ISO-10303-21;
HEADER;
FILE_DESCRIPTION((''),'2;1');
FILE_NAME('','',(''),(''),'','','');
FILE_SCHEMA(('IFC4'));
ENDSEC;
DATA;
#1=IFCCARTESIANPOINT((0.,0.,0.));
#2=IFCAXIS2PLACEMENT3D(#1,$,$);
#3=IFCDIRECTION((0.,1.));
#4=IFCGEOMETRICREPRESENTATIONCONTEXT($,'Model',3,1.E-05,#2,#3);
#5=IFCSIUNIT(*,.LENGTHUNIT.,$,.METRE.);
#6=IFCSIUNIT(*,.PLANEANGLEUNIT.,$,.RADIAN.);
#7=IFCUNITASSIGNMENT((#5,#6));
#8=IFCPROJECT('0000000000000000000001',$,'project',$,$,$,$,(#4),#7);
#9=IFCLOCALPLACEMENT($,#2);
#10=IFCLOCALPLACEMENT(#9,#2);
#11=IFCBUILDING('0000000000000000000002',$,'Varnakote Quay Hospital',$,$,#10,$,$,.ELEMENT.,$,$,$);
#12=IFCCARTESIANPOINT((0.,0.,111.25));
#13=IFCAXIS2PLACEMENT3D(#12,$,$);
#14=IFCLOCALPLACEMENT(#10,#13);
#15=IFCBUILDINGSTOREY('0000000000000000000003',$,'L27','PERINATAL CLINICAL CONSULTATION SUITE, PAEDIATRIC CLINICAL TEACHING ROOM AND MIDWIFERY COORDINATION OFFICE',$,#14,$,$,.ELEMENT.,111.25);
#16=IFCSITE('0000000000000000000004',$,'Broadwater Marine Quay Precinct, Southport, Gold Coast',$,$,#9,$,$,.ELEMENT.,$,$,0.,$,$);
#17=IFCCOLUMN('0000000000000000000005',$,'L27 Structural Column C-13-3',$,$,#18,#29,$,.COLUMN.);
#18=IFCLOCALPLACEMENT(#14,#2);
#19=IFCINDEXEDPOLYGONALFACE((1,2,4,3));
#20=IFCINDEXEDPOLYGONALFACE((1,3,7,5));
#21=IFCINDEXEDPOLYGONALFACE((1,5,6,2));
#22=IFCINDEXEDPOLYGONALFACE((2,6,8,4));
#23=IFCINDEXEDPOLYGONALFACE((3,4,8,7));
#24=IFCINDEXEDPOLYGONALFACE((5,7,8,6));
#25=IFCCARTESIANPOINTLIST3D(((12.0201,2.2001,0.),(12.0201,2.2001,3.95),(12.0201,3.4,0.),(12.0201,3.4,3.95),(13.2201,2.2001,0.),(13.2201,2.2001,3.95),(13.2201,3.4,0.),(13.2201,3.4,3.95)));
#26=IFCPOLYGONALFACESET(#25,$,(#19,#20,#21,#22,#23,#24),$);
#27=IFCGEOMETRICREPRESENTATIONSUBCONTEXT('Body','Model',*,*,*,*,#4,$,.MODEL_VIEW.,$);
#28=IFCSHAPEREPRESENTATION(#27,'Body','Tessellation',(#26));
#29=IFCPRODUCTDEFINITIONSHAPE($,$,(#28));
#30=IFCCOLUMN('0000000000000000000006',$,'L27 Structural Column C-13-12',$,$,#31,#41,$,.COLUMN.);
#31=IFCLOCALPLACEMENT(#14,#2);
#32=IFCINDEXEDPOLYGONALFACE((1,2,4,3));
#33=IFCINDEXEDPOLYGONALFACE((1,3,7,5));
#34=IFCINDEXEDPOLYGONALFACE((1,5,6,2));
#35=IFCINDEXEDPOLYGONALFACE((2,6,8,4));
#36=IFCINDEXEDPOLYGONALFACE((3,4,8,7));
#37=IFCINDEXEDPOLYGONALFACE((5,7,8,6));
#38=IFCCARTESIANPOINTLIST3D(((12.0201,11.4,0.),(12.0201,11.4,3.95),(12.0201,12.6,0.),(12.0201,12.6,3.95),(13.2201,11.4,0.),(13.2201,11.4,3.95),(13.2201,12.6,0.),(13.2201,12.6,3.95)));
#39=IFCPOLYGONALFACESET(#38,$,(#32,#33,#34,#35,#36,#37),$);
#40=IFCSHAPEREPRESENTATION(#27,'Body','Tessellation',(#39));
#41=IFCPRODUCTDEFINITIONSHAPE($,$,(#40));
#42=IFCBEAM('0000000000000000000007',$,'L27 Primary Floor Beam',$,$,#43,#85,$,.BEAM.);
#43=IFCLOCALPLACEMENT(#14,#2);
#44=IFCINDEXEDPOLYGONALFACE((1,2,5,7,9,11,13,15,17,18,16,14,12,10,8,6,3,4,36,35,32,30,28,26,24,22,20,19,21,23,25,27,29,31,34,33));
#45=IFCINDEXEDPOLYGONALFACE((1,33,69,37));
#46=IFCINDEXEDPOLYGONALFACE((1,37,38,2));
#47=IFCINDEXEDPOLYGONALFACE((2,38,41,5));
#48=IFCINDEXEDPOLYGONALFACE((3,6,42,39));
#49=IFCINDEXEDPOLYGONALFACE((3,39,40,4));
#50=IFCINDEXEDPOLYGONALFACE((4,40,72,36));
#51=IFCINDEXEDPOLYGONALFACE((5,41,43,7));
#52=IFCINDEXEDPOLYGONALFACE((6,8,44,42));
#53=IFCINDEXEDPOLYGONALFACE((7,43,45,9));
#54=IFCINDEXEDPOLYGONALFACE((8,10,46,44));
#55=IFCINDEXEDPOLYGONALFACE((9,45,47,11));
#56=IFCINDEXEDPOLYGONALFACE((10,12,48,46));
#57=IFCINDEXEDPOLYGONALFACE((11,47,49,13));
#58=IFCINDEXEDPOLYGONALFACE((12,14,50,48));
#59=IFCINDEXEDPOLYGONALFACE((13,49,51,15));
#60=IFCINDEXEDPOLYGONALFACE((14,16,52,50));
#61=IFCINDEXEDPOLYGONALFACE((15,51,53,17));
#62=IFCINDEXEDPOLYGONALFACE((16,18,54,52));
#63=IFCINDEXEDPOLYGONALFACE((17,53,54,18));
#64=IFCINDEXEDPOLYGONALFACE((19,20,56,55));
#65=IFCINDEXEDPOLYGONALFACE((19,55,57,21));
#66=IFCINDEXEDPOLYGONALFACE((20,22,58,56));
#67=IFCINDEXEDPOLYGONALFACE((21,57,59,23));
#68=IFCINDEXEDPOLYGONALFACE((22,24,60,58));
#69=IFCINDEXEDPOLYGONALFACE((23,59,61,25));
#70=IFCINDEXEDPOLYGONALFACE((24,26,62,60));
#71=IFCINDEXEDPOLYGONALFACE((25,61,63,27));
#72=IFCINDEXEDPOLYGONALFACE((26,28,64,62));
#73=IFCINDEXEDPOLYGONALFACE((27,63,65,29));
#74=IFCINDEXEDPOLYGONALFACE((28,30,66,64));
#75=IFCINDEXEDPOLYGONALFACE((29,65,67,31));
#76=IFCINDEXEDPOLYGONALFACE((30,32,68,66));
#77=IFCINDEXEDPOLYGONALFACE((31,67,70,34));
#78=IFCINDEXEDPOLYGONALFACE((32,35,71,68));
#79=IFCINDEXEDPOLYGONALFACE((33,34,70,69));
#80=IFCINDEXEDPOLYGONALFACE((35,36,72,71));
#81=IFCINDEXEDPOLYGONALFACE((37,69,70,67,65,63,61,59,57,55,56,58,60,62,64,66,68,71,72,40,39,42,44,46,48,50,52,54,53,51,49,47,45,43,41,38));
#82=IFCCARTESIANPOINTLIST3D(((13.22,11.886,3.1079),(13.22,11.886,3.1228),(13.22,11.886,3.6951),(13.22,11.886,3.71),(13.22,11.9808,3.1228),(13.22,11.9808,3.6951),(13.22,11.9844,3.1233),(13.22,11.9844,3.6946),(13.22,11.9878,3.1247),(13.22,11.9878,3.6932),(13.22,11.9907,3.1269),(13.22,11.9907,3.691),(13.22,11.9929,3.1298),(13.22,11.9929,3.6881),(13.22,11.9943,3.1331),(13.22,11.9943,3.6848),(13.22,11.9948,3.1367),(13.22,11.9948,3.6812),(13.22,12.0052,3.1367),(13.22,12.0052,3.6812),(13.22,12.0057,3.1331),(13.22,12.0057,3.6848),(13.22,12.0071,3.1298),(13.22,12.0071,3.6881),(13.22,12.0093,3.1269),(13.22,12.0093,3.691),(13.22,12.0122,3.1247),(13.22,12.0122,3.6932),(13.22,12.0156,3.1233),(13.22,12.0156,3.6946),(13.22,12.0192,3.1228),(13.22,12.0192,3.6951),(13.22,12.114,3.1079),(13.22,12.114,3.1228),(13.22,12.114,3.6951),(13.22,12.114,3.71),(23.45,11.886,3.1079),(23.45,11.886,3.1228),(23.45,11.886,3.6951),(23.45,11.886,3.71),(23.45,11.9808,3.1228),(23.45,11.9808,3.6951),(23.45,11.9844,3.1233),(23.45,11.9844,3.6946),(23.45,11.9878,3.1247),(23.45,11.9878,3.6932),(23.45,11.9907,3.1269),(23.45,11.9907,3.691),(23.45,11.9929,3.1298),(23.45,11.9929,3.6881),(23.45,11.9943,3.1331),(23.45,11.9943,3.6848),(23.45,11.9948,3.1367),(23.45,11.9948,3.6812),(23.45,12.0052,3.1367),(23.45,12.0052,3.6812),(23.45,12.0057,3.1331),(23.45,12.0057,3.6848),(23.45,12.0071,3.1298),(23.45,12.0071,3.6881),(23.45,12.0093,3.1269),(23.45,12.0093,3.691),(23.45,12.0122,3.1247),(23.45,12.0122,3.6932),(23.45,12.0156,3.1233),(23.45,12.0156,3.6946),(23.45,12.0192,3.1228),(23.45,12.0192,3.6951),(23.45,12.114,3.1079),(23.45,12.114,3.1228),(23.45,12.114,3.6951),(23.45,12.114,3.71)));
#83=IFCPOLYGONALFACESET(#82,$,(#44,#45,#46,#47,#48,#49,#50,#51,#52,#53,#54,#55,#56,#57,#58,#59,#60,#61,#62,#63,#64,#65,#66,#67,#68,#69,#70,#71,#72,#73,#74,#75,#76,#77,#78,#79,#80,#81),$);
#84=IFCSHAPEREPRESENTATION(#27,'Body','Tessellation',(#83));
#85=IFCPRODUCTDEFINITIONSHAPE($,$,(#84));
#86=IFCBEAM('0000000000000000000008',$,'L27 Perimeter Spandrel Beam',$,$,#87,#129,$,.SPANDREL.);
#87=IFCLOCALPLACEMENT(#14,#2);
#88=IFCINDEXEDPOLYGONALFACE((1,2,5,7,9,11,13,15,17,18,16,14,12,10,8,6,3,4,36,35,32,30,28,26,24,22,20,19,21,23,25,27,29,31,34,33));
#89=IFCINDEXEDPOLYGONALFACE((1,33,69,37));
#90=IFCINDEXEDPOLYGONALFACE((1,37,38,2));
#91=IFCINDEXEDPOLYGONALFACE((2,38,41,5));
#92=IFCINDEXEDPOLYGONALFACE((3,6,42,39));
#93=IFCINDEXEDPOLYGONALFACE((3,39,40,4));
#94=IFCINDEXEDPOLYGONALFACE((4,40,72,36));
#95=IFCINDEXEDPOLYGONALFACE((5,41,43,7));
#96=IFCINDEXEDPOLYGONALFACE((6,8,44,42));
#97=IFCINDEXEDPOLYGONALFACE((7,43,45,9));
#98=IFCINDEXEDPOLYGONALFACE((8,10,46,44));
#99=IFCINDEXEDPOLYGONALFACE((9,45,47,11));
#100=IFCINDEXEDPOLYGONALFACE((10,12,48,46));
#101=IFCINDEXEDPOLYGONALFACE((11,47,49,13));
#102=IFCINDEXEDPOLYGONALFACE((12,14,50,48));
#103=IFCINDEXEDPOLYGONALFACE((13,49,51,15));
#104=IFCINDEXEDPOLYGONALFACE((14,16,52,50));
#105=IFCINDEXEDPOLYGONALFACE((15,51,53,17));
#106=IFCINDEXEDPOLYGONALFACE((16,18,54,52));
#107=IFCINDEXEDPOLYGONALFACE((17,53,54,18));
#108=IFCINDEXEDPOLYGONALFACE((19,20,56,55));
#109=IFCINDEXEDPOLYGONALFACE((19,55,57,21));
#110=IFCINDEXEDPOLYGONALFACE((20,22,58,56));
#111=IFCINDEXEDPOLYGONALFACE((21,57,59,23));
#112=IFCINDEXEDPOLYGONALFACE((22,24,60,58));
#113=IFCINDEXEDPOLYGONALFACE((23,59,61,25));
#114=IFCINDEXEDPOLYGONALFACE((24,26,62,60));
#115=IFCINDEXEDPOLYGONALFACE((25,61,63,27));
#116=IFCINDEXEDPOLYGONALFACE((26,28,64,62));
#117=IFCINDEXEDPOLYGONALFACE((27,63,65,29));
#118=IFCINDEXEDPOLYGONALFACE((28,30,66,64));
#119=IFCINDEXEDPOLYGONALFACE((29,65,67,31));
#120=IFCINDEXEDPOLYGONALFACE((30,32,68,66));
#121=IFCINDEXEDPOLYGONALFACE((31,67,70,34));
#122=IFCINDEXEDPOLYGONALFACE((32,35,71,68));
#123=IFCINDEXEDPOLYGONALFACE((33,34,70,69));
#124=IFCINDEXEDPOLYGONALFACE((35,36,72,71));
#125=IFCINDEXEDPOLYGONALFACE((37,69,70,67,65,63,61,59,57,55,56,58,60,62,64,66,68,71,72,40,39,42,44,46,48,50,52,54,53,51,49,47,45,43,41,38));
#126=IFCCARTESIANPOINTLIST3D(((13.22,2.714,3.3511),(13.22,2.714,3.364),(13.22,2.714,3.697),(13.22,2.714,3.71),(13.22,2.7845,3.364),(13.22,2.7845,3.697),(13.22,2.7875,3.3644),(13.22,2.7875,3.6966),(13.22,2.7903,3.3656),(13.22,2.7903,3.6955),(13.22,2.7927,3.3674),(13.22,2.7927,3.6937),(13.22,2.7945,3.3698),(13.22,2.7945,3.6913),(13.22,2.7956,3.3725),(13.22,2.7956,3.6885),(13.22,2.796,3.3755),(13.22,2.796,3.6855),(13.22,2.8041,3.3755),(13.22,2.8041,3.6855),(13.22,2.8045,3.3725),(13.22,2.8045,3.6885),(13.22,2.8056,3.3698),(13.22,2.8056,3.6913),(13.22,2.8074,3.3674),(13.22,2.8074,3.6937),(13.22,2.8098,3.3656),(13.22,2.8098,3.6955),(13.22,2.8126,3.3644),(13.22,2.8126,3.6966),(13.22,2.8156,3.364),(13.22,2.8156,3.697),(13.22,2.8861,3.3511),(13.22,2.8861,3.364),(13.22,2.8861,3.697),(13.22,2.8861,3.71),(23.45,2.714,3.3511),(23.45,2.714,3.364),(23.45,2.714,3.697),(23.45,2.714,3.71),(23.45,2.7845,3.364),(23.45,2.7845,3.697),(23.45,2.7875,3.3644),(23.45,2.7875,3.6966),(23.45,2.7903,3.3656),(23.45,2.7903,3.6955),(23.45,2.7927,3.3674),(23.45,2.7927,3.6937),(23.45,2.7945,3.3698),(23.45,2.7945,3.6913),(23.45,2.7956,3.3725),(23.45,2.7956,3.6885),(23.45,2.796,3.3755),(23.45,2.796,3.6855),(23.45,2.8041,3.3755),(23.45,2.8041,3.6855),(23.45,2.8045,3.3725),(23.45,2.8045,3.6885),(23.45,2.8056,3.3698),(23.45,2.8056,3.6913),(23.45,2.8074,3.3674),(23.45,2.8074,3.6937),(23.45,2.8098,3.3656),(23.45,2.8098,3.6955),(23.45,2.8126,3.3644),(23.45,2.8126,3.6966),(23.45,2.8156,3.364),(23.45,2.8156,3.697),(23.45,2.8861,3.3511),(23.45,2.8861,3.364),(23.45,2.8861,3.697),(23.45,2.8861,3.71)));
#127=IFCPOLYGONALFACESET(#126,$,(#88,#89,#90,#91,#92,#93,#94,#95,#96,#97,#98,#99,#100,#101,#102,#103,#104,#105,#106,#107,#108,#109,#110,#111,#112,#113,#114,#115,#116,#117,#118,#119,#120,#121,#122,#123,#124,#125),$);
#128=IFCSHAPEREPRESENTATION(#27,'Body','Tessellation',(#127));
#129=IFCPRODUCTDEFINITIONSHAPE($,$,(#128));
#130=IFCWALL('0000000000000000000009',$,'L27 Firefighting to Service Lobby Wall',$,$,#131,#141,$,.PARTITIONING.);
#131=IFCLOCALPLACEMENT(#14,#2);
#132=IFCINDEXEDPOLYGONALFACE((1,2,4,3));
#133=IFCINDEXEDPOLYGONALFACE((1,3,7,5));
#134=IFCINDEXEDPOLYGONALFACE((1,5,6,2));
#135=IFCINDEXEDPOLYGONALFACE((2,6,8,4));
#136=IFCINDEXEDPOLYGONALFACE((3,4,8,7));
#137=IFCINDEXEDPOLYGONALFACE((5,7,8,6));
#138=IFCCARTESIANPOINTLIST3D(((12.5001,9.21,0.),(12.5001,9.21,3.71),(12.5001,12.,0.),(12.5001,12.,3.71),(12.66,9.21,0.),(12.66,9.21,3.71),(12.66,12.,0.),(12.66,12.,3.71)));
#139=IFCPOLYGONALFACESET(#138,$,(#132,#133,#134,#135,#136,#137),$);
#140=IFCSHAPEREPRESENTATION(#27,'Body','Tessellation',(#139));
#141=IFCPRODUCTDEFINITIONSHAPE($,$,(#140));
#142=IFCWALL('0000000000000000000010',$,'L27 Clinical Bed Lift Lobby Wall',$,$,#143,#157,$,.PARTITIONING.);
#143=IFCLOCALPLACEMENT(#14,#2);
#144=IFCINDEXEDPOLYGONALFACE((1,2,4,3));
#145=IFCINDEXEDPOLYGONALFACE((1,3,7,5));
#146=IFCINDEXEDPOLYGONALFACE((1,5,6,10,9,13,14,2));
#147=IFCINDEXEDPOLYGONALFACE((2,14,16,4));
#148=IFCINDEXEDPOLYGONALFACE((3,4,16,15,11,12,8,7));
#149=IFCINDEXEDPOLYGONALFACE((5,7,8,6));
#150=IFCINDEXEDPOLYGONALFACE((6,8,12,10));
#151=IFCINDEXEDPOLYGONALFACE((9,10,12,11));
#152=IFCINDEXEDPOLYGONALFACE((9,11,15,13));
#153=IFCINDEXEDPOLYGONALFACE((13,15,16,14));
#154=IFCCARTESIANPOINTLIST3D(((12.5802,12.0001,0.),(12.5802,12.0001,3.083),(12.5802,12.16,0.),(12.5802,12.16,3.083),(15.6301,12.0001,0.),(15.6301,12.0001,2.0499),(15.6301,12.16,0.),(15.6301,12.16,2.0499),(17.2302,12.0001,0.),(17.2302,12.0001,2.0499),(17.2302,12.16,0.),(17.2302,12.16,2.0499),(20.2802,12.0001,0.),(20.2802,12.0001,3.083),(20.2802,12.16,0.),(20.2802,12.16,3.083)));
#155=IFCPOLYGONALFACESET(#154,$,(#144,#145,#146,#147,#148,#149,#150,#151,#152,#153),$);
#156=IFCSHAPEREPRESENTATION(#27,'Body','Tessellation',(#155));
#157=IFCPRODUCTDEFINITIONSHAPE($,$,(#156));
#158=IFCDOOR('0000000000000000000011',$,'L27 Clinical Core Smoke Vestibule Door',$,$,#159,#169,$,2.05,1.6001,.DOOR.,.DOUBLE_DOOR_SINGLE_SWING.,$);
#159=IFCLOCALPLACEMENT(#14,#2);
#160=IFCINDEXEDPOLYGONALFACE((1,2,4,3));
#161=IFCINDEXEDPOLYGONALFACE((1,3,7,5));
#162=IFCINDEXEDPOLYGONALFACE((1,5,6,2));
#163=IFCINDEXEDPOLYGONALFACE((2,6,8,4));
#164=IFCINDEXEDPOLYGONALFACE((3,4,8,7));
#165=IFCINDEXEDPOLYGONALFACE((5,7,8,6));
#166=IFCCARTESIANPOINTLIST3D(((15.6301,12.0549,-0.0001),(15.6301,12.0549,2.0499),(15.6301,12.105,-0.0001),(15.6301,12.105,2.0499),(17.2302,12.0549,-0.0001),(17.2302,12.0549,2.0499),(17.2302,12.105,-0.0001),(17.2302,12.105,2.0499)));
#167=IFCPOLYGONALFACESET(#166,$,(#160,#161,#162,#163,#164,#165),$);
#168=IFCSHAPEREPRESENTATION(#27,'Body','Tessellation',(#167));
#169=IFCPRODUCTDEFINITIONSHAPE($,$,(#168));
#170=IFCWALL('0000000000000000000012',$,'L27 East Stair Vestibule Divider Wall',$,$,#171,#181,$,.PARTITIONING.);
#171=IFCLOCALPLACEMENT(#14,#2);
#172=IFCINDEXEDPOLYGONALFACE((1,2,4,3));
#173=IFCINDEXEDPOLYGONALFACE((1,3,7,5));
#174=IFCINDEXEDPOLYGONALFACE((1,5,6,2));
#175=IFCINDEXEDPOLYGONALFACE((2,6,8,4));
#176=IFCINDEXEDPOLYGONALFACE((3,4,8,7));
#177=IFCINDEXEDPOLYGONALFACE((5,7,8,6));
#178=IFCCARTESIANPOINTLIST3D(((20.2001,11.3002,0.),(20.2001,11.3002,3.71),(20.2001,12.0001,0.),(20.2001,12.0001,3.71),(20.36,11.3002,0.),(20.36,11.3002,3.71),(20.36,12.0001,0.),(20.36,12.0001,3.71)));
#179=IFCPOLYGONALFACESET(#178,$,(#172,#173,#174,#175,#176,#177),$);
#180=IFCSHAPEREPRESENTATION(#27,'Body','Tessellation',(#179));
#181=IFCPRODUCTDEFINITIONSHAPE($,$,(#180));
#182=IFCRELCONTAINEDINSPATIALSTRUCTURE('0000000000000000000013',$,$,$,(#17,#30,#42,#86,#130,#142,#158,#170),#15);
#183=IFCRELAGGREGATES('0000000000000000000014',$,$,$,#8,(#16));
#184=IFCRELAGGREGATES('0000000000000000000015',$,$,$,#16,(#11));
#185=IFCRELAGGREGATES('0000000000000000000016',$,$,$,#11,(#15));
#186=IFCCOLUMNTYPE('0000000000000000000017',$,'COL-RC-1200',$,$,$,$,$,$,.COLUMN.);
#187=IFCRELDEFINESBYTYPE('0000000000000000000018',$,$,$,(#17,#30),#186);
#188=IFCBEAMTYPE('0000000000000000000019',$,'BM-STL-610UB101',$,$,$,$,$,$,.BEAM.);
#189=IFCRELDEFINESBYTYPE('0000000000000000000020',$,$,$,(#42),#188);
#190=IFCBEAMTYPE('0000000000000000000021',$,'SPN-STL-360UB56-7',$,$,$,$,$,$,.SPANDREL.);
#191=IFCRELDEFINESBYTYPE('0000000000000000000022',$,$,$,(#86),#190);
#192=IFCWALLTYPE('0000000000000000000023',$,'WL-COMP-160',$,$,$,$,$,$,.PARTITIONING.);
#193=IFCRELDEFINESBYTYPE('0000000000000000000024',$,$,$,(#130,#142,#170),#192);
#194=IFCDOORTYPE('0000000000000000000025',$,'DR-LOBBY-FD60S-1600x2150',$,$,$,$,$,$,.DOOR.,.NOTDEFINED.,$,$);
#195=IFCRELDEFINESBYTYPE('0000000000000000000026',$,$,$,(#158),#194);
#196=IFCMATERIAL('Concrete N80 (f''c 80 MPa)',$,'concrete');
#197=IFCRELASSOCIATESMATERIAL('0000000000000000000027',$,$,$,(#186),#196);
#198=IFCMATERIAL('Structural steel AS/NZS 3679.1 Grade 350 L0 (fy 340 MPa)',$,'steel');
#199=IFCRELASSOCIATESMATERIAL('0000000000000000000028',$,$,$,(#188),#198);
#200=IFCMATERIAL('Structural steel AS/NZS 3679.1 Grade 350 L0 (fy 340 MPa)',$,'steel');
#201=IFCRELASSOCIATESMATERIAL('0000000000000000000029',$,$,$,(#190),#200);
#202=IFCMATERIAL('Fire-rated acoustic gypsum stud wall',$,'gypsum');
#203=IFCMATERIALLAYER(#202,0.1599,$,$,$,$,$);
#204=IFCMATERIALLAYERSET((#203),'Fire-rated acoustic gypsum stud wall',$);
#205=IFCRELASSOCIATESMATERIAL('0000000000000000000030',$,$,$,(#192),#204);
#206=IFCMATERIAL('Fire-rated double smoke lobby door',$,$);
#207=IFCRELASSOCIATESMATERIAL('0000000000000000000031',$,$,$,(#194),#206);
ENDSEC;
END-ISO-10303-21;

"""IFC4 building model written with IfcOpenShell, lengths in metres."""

from ifc_helpers import new_model, si_unit, direction, frame, frame_2d, origin, origin_2d, place, context, subcontext, project, spatial, rectangle, i_section, extrude, material, layer, layer_set, material_profile, profile_set, type_object, element, fill, save


model = new_model("IFC4")

# Units and contexts
model_context = context("Model", 3, precision=1e-05, world=origin(), true_north=direction((0.0, 1.0)))
body_context = subcontext(model_context, "Body", "Model", "MODEL_VIEW")
ifc_project = project(units=[si_unit("LENGTHUNIT", "METRE"), si_unit("PLANEANGLEUNIT", "RADIAN")], contexts=[model_context])

# Site, building, storey
site_placement = place(None, origin())
site = spatial("IfcSite", under=ifc_project, at=site_placement, Name="Broadwater Marine Quay Precinct, Southport, Gold Coast", CompositionType="ELEMENT", RefElevation=0.0)
building_placement = place(site_placement, origin())
building = spatial("IfcBuilding", under=site, at=building_placement, Name="Varnakote Quay Hospital", CompositionType="ELEMENT")
storey_placement = place(building_placement, frame((0.0, 0.0, 111.25)))
storey = spatial("IfcBuildingStorey", under=building, at=storey_placement, Name="L27", Description="PERINATAL CLINICAL CONSULTATION SUITE, PAEDIATRIC CLINICAL TEACHING ROOM AND MIDWIFERY COORDINATION OFFICE", CompositionType="ELEMENT", Elevation=111.25)

# Columns
ifc_material_1 = material(Name="Concrete N80 (f'c 80 MPa)", Category="concrete")
ifc_material_profile_1 = material_profile(ifc_material_1, rectangle(XDim=1.2, YDim=1.2, at=origin_2d()), Name="RC-COL-1200x1200")
ifc_profile_set_1 = profile_set([ifc_material_profile_1], Name="Concrete N80 (f'c 80 MPa)")
column_type = type_object("IfcColumnType", Name="COL-RC-1200", PredefinedType="COLUMN", material=ifc_profile_set_1)
for number, where, z_axis, x_axis, name in (
    (1, (12.6201, 2.8, 0.0), (0.0, 0.0, 1.0), (1.0, 0.0, 0.0), "L27 Structural Column C-13-3"),
    (2, (12.6201, 12.0, 0.0), (0.0, 0.0, 1.0), (1.0, 0.0, 0.0), "L27 Structural Column C-13-12"),
):
    element("IfcColumn", number, at=place(storey_placement, frame(where, z_axis=z_axis, x_axis=x_axis)), inside=storey, type_object=column_type, Name=name, PredefinedType="COLUMN", context=body_context, shape_type="SweptSolid", body=[
        extrude(rectangle(XDim=1.2, YDim=1.2, at=origin_2d()), origin(), (0.0, 0.0, 1.0), 3.95),
    ])

# Beams
ifc_material_2 = material(Name="Structural steel AS/NZS 3679.1 Grade 350 L0 (fy 340 MPa)", Category="steel")
ifc_material_profile_2 = material_profile(ifc_material_2, i_section(OverallWidth=0.228, OverallDepth=0.6021, WebThickness=0.0105, FlangeThickness=0.0149, FilletRadius=0.0139, at=origin_2d()), Name="610UB101")
ifc_profile_set_2 = profile_set([ifc_material_profile_2], Name="Structural steel AS/NZS 3679.1 Grade 350 L0 (fy 340 MPa)")
beam_type_1 = type_object("IfcBeamType", Name="BM-STL-610UB101", PredefinedType="BEAM", material=ifc_profile_set_2)
beam_1_placement = place(storey_placement, frame((13.22, 12.0, 3.4089), z_axis=(1.0, 0.0, 0.0), x_axis=(0.0, 1.0, 0.0)))
element("IfcBeam", 3, at=beam_1_placement, inside=storey, type_object=beam_type_1, Name="L27 Primary Floor Beam", PredefinedType="BEAM", context=body_context, shape_type="SweptSolid", body=[
    extrude(i_section(OverallWidth=0.228, OverallDepth=0.6021, WebThickness=0.0105, FlangeThickness=0.0149, FilletRadius=0.0139, at=origin_2d()), origin(), (0.0, 0.0, 1.0), 10.23),
])
ifc_material_3 = material(Name="Structural steel AS/NZS 3679.1 Grade 350 L0 (fy 340 MPa)", Category="steel")
ifc_material_profile_3 = material_profile(ifc_material_3, i_section(OverallWidth=0.1721, OverallDepth=0.3589, WebThickness=0.0081, FlangeThickness=0.0129, FilletRadius=0.0115, at=origin_2d()), Name="360UB56.7")
ifc_profile_set_3 = profile_set([ifc_material_profile_3], Name="Structural steel AS/NZS 3679.1 Grade 350 L0 (fy 340 MPa)")
beam_type_2 = type_object("IfcBeamType", Name="SPN-STL-360UB56-7", PredefinedType="SPANDREL", material=ifc_profile_set_3)
beam_2_placement = place(storey_placement, frame((13.22, 2.8, 3.5305), z_axis=(1.0, 0.0, 0.0), x_axis=(0.0, 1.0, 0.0)))
element("IfcBeam", 4, at=beam_2_placement, inside=storey, type_object=beam_type_2, Name="L27 Perimeter Spandrel Beam", PredefinedType="SPANDREL", context=body_context, shape_type="SweptSolid", body=[
    extrude(i_section(OverallWidth=0.1721, OverallDepth=0.3589, WebThickness=0.0081, FlangeThickness=0.0129, FilletRadius=0.0115, at=origin_2d()), origin(), (0.0, 0.0, 1.0), 10.23),
])

# Wall
ifc_material_4 = material(Name="Fire-rated acoustic gypsum stud wall", Category="gypsum")
ifc_layer_1 = layer(ifc_material_4, 0.1599)
ifc_layer_set_1 = layer_set([ifc_layer_1], Name="Fire-rated acoustic gypsum stud wall")
wall_type_1 = type_object("IfcWallType", Name="WL-COMP-160", PredefinedType="PARTITIONING", material=ifc_layer_set_1)
wall_1_placement = place(storey_placement, frame((12.5801, 9.21, 0.0), z_axis=(0.0, 0.0, 1.0), x_axis=(0.0, 1.0, 0.0)))
element("IfcWall", 5, at=wall_1_placement, inside=storey, type_object=wall_type_1, Name="L27 Firefighting to Service Lobby Wall", PredefinedType="PARTITIONING", context=body_context, shape_type="SweptSolid", body=[
    extrude(rectangle(XDim=2.79, YDim=0.1599, at=frame_2d((1.395, 0.0))), origin(), (0.0, 0.0, 1.0), 3.71),
])

# Wall, opening, door
wall_2_placement = place(storey_placement, frame((12.5801, 12.0801, 0.0), z_axis=(0.0, 0.0, 1.0), x_axis=(1.0, 0.0, 0.0)))
wall_2 = element("IfcWall", 6, at=wall_2_placement, inside=storey, type_object=wall_type_1, Name="L27 Clinical Bed Lift Lobby Wall", PredefinedType="PARTITIONING", context=body_context, shape_type="SweptSolid", body=[
    extrude(rectangle(XDim=7.7, YDim=0.1599, at=frame_2d((3.8501, 0.0))), origin(), (0.0, 0.0, 1.0), 3.083),
])
opening_1_placement = place(wall_2_placement, frame((3.05, 0.0, 0.0)))
opening_1 = element("IfcOpeningElement", 7, at=opening_1_placement, cuts=wall_2, PredefinedType="OPENING", context=body_context, shape_type="SweptSolid", body=[
    extrude(rectangle(XDim=1.6001, YDim=2.05, at=frame_2d((0.8, 1.0249))), frame((0.0, 0.0898, 0.0), z_axis=(0.0, -1.0, 0.0), x_axis=(1.0, 0.0, 0.0)), (0.0, 0.0, 1.0), 0.1799),
])
ifc_material_5 = material(Name="Fire-rated double smoke lobby door")
door_type_1 = type_object("IfcDoorType", Name="DR-LOBBY-FD60S-1600x2150", OperationType="NOTDEFINED", PredefinedType="DOOR", material=ifc_material_5)
door_1_placement = place(opening_1_placement, origin())
door_1 = element("IfcDoor", 8, at=door_1_placement, inside=storey, type_object=door_type_1, Name="L27 Clinical Core Smoke Vestibule Door", OperationType="DOUBLE_DOOR_SINGLE_SWING", OverallHeight=2.05, OverallWidth=1.6001, PredefinedType="DOOR", context=body_context, shape_type="SweptSolid", body=[
    extrude(rectangle(XDim=1.6001, YDim=2.05, at=frame_2d((0.8, 1.0249))), frame((0.0, 0.0249, 0.0), z_axis=(0.0, -1.0, 0.0), x_axis=(1.0, 0.0, 0.0)), (0.0, 0.0, 1.0), 0.05),
])
fill(opening_1, door_1)

# Wall
wall_3_placement = place(storey_placement, frame((20.28, 11.3, 0.0), z_axis=(0.0, 0.0, 1.0), x_axis=(0.0, 1.0, 0.0)))
element("IfcWall", 9, at=wall_3_placement, inside=storey, type_object=wall_type_1, Name="L27 East Stair Vestibule Divider Wall", PredefinedType="PARTITIONING", context=body_context, shape_type="SweptSolid", body=[
    extrude(rectangle(XDim=0.7, YDim=0.1599, at=frame_2d((0.3501, 0.0))), origin(), (0.0, 0.0, 1.0), 3.71),
])

save(model, "model.ifc")
